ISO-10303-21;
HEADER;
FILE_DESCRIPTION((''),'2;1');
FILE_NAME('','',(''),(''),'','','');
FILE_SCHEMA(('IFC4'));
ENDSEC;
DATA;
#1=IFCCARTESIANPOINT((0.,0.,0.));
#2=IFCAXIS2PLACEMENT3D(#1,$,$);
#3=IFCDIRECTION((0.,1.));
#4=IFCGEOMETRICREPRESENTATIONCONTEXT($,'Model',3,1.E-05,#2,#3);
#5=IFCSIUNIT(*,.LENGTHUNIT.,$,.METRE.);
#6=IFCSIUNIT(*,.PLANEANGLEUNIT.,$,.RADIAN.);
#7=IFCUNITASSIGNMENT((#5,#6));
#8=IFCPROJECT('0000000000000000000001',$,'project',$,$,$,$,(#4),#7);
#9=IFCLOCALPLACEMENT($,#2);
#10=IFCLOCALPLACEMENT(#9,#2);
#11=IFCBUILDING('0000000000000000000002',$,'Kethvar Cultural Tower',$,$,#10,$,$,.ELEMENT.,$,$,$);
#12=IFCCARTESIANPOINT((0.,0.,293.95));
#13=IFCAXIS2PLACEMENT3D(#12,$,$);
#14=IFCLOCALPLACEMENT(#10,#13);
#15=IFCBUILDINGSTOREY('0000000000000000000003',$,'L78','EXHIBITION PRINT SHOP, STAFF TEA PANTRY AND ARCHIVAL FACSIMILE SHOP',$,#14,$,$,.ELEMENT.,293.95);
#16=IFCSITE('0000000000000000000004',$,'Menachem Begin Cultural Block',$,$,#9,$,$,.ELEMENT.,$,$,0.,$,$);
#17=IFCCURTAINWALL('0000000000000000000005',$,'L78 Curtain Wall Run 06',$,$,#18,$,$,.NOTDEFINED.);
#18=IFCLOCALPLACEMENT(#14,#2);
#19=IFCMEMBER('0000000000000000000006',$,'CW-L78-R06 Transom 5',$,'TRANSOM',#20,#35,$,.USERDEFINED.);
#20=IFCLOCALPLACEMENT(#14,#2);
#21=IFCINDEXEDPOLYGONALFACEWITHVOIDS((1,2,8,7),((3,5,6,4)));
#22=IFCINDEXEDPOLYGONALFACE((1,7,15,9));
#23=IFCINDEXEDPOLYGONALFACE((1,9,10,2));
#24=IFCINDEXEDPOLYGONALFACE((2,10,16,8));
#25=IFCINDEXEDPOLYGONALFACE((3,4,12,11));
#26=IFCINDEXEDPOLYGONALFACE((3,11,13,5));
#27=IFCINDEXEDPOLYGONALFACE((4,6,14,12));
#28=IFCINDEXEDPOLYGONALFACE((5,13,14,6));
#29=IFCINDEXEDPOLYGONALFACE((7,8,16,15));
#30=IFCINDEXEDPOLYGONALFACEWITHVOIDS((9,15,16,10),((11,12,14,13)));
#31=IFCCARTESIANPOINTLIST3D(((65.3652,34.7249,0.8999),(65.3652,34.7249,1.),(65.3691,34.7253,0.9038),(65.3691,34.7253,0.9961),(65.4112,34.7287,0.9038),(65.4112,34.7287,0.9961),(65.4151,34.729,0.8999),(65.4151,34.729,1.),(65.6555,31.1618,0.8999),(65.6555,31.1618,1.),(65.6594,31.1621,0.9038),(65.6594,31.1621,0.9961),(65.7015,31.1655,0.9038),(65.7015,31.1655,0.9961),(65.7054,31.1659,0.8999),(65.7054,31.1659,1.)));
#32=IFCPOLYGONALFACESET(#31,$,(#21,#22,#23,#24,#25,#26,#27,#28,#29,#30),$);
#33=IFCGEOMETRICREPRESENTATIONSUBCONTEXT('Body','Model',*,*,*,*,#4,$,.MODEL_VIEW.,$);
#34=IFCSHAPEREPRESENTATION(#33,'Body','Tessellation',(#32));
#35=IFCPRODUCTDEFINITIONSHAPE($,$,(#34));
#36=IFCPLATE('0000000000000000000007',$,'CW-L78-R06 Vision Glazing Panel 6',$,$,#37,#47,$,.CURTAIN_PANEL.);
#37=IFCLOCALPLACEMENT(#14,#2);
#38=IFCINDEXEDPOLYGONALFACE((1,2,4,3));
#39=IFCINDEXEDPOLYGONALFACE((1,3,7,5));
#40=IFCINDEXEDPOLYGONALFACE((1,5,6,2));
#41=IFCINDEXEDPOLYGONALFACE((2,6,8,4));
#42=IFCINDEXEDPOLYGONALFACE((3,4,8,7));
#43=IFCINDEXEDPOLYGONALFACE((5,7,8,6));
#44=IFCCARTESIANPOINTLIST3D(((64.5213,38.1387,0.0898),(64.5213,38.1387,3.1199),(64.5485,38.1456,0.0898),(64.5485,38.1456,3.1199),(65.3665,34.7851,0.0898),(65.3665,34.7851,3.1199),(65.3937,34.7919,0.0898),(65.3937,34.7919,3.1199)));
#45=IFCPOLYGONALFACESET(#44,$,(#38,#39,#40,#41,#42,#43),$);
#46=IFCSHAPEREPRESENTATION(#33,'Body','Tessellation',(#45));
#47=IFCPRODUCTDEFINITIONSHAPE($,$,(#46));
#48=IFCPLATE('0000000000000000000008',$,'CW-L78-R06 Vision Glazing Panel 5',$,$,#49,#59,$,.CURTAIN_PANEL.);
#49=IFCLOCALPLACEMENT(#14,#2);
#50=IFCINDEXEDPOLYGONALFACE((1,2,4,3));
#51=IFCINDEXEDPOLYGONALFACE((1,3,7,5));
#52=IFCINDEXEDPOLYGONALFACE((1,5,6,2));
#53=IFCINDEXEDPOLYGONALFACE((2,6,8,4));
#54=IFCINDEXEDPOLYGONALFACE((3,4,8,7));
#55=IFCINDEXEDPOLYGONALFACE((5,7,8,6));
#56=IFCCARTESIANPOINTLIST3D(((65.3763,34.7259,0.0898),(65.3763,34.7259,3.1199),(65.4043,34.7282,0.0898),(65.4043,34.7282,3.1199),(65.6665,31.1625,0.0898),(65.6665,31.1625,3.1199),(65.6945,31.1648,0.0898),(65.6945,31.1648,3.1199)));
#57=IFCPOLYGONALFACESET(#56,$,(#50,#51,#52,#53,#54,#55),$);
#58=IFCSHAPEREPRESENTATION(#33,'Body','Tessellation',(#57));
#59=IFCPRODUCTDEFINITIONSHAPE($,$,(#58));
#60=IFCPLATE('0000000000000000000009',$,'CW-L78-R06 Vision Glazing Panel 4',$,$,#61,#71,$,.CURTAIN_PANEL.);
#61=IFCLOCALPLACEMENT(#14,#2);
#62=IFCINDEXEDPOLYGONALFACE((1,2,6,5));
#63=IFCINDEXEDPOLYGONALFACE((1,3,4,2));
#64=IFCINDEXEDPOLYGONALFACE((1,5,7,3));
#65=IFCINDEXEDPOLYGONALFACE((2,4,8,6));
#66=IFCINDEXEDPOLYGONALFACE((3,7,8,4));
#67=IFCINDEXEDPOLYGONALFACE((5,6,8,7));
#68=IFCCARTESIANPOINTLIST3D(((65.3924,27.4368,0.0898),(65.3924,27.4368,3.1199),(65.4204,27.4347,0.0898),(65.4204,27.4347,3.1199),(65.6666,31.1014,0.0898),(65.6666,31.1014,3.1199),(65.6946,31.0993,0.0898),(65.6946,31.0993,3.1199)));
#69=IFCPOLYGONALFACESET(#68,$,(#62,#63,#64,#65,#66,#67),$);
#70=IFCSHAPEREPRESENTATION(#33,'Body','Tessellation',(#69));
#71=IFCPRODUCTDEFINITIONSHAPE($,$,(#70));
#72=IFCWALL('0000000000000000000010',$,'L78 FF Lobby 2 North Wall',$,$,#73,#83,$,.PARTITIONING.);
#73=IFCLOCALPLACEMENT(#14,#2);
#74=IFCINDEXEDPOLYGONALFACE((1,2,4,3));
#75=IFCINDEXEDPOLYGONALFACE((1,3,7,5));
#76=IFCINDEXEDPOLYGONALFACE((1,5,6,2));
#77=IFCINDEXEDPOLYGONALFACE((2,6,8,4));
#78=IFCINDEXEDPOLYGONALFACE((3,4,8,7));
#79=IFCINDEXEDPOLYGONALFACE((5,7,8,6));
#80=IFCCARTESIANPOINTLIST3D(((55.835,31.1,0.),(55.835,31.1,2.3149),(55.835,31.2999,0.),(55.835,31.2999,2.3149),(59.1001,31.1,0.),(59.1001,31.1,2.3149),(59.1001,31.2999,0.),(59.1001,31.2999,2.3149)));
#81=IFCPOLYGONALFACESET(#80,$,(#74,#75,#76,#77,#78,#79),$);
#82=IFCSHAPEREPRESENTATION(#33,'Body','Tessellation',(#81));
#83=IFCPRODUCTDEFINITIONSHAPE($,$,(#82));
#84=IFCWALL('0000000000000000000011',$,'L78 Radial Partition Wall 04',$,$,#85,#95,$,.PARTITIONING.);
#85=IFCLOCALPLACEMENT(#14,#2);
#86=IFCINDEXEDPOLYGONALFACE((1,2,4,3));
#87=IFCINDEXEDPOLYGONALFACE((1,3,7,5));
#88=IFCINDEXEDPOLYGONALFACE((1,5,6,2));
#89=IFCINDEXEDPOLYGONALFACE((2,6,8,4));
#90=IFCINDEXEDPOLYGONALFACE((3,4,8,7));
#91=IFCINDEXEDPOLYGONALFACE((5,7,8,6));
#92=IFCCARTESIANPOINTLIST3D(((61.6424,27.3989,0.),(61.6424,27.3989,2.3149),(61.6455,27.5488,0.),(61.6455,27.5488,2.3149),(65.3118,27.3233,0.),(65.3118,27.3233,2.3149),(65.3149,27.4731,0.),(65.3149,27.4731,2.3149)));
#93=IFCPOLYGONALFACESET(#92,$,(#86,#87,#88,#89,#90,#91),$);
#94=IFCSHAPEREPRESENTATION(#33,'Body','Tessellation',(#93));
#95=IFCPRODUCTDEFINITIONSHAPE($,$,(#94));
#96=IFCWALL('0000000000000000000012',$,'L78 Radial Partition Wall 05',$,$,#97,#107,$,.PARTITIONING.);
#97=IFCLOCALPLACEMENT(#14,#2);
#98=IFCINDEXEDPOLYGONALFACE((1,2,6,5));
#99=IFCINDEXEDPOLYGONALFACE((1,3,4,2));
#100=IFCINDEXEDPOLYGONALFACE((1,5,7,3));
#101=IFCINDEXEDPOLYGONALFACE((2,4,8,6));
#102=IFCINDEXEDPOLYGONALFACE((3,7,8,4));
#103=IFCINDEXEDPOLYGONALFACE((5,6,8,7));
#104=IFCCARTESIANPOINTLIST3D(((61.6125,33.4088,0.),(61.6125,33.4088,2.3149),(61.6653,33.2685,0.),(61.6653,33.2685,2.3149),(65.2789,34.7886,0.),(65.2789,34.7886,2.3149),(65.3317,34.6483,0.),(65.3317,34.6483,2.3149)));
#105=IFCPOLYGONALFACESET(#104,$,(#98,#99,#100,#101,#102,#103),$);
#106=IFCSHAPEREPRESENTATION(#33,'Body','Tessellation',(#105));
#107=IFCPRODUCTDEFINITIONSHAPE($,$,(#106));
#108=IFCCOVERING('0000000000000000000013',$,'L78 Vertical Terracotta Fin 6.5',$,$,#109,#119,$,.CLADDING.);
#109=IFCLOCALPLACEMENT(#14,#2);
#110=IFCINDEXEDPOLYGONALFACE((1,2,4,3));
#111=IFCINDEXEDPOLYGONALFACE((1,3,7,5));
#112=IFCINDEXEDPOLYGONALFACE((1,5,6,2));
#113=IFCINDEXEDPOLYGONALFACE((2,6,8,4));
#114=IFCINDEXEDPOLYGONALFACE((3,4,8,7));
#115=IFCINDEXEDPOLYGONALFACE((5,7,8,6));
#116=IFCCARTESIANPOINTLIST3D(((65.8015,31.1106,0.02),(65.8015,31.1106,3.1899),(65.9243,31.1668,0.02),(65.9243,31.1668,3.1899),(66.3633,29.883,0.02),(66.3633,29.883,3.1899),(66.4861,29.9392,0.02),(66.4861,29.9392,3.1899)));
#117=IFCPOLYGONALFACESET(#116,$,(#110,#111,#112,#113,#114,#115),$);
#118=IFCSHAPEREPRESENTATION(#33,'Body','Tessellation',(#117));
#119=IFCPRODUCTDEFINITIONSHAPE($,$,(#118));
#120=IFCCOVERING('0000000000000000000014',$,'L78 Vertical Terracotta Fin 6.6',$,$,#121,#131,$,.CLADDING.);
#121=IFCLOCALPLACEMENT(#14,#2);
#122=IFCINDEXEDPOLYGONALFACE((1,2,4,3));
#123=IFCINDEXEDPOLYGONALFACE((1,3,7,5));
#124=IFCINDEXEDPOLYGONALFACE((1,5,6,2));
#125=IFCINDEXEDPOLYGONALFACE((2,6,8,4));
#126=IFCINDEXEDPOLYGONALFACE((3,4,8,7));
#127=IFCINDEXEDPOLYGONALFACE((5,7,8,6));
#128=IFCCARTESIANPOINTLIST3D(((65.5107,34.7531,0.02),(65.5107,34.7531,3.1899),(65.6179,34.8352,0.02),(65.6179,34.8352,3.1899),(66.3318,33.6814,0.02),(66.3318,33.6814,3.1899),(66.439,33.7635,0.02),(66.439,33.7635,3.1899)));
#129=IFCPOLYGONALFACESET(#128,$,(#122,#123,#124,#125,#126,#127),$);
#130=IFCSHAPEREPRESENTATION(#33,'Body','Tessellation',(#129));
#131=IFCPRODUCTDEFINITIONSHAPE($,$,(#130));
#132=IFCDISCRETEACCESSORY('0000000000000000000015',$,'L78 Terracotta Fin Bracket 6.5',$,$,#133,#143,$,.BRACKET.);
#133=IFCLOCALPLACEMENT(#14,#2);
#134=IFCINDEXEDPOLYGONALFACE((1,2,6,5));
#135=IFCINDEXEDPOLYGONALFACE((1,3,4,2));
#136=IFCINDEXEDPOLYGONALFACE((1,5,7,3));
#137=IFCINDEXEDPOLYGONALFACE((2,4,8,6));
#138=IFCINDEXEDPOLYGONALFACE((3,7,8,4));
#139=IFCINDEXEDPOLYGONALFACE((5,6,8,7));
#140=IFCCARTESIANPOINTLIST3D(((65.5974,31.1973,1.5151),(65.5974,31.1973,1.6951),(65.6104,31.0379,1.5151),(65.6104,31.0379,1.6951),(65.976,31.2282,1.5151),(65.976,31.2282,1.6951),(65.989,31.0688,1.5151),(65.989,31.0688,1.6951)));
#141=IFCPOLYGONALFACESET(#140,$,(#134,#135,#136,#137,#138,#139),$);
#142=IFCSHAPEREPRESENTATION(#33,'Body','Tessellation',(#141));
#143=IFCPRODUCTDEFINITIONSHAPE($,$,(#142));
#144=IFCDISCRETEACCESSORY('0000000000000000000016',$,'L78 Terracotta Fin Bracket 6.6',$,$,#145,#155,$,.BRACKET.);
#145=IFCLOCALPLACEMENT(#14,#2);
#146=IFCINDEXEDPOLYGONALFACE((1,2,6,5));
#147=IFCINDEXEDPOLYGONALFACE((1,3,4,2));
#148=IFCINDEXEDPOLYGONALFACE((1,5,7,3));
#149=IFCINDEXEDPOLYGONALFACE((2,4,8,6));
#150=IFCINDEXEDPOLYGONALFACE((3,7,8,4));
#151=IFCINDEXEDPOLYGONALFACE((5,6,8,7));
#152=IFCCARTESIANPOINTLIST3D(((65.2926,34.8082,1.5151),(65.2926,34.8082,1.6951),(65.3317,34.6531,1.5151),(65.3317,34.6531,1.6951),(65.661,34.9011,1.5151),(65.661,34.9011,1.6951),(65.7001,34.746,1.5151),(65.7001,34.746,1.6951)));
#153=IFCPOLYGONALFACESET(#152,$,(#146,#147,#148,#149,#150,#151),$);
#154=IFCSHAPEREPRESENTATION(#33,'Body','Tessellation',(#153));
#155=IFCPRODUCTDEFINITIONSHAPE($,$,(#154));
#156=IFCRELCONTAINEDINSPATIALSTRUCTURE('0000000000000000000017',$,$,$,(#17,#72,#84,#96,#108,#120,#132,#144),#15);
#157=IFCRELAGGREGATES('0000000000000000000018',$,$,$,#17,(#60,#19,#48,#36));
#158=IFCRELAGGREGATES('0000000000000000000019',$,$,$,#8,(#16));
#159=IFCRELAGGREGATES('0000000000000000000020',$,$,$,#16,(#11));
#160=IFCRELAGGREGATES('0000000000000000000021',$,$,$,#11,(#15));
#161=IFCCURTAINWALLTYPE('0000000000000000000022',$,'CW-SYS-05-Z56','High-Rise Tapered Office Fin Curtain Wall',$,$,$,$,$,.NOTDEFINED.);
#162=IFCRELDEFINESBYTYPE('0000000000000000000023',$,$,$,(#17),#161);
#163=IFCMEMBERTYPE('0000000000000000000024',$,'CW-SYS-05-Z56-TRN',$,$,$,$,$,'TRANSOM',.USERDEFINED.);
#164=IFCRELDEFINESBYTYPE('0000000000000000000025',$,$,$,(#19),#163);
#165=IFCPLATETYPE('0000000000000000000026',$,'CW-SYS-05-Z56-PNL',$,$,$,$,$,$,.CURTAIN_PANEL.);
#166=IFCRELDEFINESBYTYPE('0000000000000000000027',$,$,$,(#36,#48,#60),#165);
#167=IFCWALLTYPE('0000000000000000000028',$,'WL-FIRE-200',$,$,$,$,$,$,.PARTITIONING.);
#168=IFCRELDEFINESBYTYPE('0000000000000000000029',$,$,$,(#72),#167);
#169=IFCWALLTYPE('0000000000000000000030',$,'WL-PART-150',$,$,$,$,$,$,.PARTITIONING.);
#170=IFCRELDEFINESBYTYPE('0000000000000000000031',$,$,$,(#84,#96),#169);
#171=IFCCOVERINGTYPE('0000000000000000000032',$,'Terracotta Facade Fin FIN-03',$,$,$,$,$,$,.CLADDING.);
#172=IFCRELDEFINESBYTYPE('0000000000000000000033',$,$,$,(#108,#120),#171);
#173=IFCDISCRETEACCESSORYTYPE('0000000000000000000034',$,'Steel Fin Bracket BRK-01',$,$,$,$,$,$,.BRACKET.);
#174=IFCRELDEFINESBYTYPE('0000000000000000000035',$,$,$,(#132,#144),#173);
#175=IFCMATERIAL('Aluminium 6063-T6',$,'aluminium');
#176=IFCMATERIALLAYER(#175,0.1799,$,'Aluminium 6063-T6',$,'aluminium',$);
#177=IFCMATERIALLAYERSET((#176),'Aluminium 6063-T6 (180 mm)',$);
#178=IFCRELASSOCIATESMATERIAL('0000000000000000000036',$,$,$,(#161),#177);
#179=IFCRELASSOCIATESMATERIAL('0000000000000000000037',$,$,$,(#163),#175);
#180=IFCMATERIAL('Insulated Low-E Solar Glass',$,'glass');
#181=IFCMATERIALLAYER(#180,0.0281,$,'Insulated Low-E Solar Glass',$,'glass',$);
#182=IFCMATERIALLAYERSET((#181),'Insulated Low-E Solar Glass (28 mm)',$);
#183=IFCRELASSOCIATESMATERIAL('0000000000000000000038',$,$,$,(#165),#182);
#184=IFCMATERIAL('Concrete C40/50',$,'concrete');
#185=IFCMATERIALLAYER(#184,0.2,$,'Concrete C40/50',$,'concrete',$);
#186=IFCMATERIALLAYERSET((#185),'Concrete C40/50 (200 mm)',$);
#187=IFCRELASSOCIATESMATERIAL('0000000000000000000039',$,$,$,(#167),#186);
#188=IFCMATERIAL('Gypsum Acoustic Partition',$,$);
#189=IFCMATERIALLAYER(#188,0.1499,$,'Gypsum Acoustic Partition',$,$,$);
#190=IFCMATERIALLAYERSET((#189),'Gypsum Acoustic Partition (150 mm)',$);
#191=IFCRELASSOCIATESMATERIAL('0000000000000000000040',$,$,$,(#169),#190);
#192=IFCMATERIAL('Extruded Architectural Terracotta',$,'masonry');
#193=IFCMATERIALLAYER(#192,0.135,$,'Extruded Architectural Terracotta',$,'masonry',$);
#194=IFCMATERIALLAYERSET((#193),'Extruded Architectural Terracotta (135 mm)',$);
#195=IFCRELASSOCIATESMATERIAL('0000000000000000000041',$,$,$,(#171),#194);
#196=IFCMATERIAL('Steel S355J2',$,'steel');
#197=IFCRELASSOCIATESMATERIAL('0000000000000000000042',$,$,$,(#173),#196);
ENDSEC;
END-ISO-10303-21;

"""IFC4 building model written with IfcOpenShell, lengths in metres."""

from ifc_helpers import new_model, si_unit, direction, frame, frame_2d, origin, origin_2d, place, context, subcontext, project, spatial, rectangle, hollow_rectangle, extrude, source, transform, mapped, material, layer, layer_set, material_profile, profile_set, type_object, element, aggregate, save


model = new_model("IFC4")

# Units and contexts
model_context = context("Model", 3, precision=1e-05, world=origin(), true_north=direction((0.0, 1.0)))
body_context = subcontext(model_context, "Body", "Model", "MODEL_VIEW")
ifc_project = project(units=[si_unit("LENGTHUNIT", "METRE"), si_unit("PLANEANGLEUNIT", "RADIAN")], contexts=[model_context])

# Site, building, storey
site_placement = place(None, origin())
site = spatial("IfcSite", under=ifc_project, at=site_placement, Name="Menachem Begin Cultural Block", CompositionType="ELEMENT", RefElevation=0.0)
building_placement = place(site_placement, origin())
building = spatial("IfcBuilding", under=site, at=building_placement, Name="Kethvar Cultural Tower", CompositionType="ELEMENT")
storey_placement = place(building_placement, frame((0.0, 0.0, 293.95)))
storey = spatial("IfcBuildingStorey", under=building, at=storey_placement, Name="L78", Description="EXHIBITION PRINT SHOP, STAFF TEA PANTRY AND ARCHIVAL FACSIMILE SHOP", CompositionType="ELEMENT", Elevation=293.95)

# Shared definitions
ifc_material_1 = material(Name="Steel S355J2", Category="steel")

# Curtain wall, member, plates
ifc_material_2 = material(Name="Aluminium 6063-T6", Category="aluminium")
ifc_layer_1 = layer(ifc_material_2, 0.1799, Name="Aluminium 6063-T6", Category="aluminium")
ifc_layer_set_1 = layer_set([ifc_layer_1], Name="Aluminium 6063-T6 (180 mm)")
curtain_wall_type = type_object("IfcCurtainWallType", Name="CW-SYS-05-Z56", Description="High-Rise Tapered Office Fin Curtain Wall", PredefinedType="NOTDEFINED", material=ifc_layer_set_1)
curtain_wall_placement = place(storey_placement, origin())
curtain_wall = element("IfcCurtainWall", 1, at=curtain_wall_placement, inside=storey, type_object=curtain_wall_type, Name="L78 Curtain Wall Run 06", PredefinedType="NOTDEFINED")
ifc_material_profile_1 = material_profile(ifc_material_2, hollow_rectangle(XDim=0.05, YDim=0.1001, WallThickness=0.0039, at=origin_2d()), Name="Aluminium 6063-T6 — RHS100x50x4")
ifc_profile_set_1 = profile_set([ifc_material_profile_1], Name="Aluminium 6063-T6 — RHS100x50x4")
member_type_1 = type_object("IfcMemberType", Name="CW-SYS-05-Z56-TRN", ElementType="TRANSOM", PredefinedType="USERDEFINED", material=ifc_profile_set_1)
shared_shape_1 = source(origin(), body_context, "Body", "SweptSolid", [
    extrude(hollow_rectangle(XDim=0.05, YDim=0.1001, WallThickness=0.0039, at=origin_2d()), origin(), (0.0, 0.0, 1.0), 3.575),
])
member_1_placement = place(storey_placement, frame((65.6804, 31.1638, 0.95), z_axis=(-0.081197, 0.996698, 0.0), x_axis=(-0.996698, -0.081197, 0.0)))
member_1 = element("IfcMember", 2, at=member_1_placement, type_object=member_type_1, Name="CW-L78-R06 Transom 5", ObjectType="TRANSOM", PredefinedType="USERDEFINED", context=body_context, shape_type="MappedRepresentation", body=[
    mapped(shared_shape_1, transform((0.0, 0.0, 0.0), scale=1.0)),
])
ifc_material_3 = material(Name="Insulated Low-E Solar Glass", Category="glass")
ifc_layer_2 = layer(ifc_material_3, 0.0281, Name="Insulated Low-E Solar Glass", Category="glass")
ifc_layer_set_2 = layer_set([ifc_layer_2], Name="Insulated Low-E Solar Glass (28 mm)")
plate_type = type_object("IfcPlateType", Name="CW-SYS-05-Z56-PNL", PredefinedType="CURTAIN_PANEL", material=ifc_layer_set_2)
shared_shape_2 = source(origin(), body_context, "Body", "SweptSolid", [
    extrude(rectangle(XDim=3.4585, YDim=0.0281, at=origin_2d()), origin(), (0.0, 0.0, 1.0), 3.03),
])
plate_1_placement = place(storey_placement, frame((64.9575, 36.4653, 0.0898), z_axis=(0.0, 0.0, 1.0), x_axis=(-0.244377, 0.96968, 0.0)))
plate_1 = element("IfcPlate", 3, at=plate_1_placement, type_object=plate_type, Name="CW-L78-R06 Vision Glazing Panel 6", PredefinedType="CURTAIN_PANEL", context=body_context, shape_type="MappedRepresentation", body=[
    mapped(shared_shape_2, transform((0.0, 0.0, 0.0), scale=1.0)),
])
shared_shape_3 = source(origin(), body_context, "Body", "SweptSolid", [
    extrude(rectangle(XDim=3.5752, YDim=0.0281, at=origin_2d()), origin(), (0.0, 0.0, 1.0), 3.03),
])
plate_2_placement = place(storey_placement, frame((65.5354, 32.9453, 0.0898), z_axis=(0.0, 0.0, 1.0), x_axis=(-0.081156, 0.996701, 0.0)))
plate_2 = element("IfcPlate", 4, at=plate_2_placement, type_object=plate_type, Name="CW-L78-R06 Vision Glazing Panel 5", PredefinedType="CURTAIN_PANEL", context=body_context, shape_type="MappedRepresentation", body=[
    mapped(shared_shape_3, transform((0.0, 0.0, 0.0), scale=1.0)),
])
shared_shape_4 = source(origin(), body_context, "Body", "SweptSolid", [
    extrude(rectangle(XDim=3.6748, YDim=0.0281, at=origin_2d()), origin(), (0.0, 0.0, 1.0), 3.03),
])
plate_3_placement = place(storey_placement, frame((65.5435, 29.2681, 0.0898), z_axis=(0.0, 0.0, 1.0), x_axis=(0.074613, 0.997213, 0.0)))
plate_3 = element("IfcPlate", 5, at=plate_3_placement, type_object=plate_type, Name="CW-L78-R06 Vision Glazing Panel 4", PredefinedType="CURTAIN_PANEL", context=body_context, shape_type="MappedRepresentation", body=[
    mapped(shared_shape_4, transform((0.0, 0.0, 0.0), scale=1.0)),
])
aggregate(curtain_wall, [plate_3, member_1, plate_2, plate_1])

# Walls
ifc_material_4 = material(Name="Concrete C40/50", Category="concrete")
ifc_layer_3 = layer(ifc_material_4, 0.2, Name="Concrete C40/50", Category="concrete")
ifc_layer_set_3 = layer_set([ifc_layer_3], Name="Concrete C40/50 (200 mm)")
wall_type_1 = type_object("IfcWallType", Name="WL-FIRE-200", PredefinedType="PARTITIONING", material=ifc_layer_set_3)
wall_1_placement = place(storey_placement, frame((55.835, 31.2, 0.0), z_axis=(0.0, 0.0, 1.0), x_axis=(1.0, 0.0, 0.0)))
element("IfcWall", 6, at=wall_1_placement, inside=storey, type_object=wall_type_1, Name="L78 FF Lobby 2 North Wall", PredefinedType="PARTITIONING", context=body_context, shape_type="SweptSolid", body=[
    extrude(rectangle(XDim=3.2651, YDim=0.2, at=frame_2d((1.6326, 0.0))), origin(), (0.0, 0.0, 1.0), 2.3149),
])
ifc_material_5 = material(Name="Gypsum Acoustic Partition")
ifc_layer_4 = layer(ifc_material_5, 0.1499, Name="Gypsum Acoustic Partition")
ifc_layer_set_4 = layer_set([ifc_layer_4], Name="Gypsum Acoustic Partition (150 mm)")
wall_type_2 = type_object("IfcWallType", Name="WL-PART-150", PredefinedType="PARTITIONING", material=ifc_layer_set_4)
wall_2_placement = place(storey_placement, frame((61.644, 27.4739, 0.0), z_axis=(0.0, 0.0, 1.0), x_axis=(0.999787, -0.020621, 0.0)))
element("IfcWall", 7, at=wall_2_placement, inside=storey, type_object=wall_type_2, Name="L78 Radial Partition Wall 04", PredefinedType="PARTITIONING", context=body_context, shape_type="SweptSolid", body=[
    extrude(rectangle(XDim=3.6702, YDim=0.1499, at=frame_2d((1.835, 0.0))), origin(), (0.0, 0.0, 1.0), 2.3149),
])
wall_3_placement = place(storey_placement, frame((61.6389, 33.3386, 0.0), z_axis=(0.0, 0.0, 1.0), x_axis=(0.935914, 0.35223, 0.0)))
element("IfcWall", 8, at=wall_3_placement, inside=storey, type_object=wall_type_2, Name="L78 Radial Partition Wall 05", PredefinedType="PARTITIONING", context=body_context, shape_type="SweptSolid", body=[
    extrude(rectangle(XDim=3.9175, YDim=0.1499, at=frame_2d((1.9587, 0.0))), origin(), (0.0, 0.0, 1.0), 2.3149),
])

# Coverings
ifc_material_6 = material(Name="Extruded Architectural Terracotta", Category="masonry")
ifc_layer_5 = layer(ifc_material_6, 0.135, Name="Extruded Architectural Terracotta", Category="masonry")
ifc_layer_set_5 = layer_set([ifc_layer_5], Name="Extruded Architectural Terracotta (135 mm)")
covering_type = type_object("IfcCoveringType", Name="Terracotta Facade Fin FIN-03", PredefinedType="CLADDING", material=ifc_layer_set_5)
shared_shape_5 = source(origin(), body_context, "Body", "SweptSolid", [
    extrude(rectangle(XDim=1.3501, YDim=0.135, at=origin_2d()), origin(), (0.0, 0.0, 1.0), 3.1699),
])
for number, where, z_axis, x_axis, name in (
    (9, (66.1438, 30.5249, 0.02), (0.0, 0.0, 1.0), (0.416122, -0.909309, 0.0), "L78 Vertical Terracotta Fin 6.5"),
    (10, (65.9749, 34.2583, 0.02), (0.0, 0.0, 1.0), (0.608207, -0.793778, 0.0), "L78 Vertical Terracotta Fin 6.6"),
):
    element("IfcCovering", number, at=place(storey_placement, frame(where, z_axis=z_axis, x_axis=x_axis)), inside=storey, type_object=covering_type, Name=name, PredefinedType="CLADDING", context=body_context, shape_type="MappedRepresentation", body=[
        mapped(shared_shape_5, transform((0.0, 0.0, 0.0), scale=1.0)),
    ])

# Discrete accessories
discrete_accessory_type = type_object("IfcDiscreteAccessoryType", Name="Steel Fin Bracket BRK-01", PredefinedType="BRACKET", material=ifc_material_1)
shared_shape_6 = source(origin(), body_context, "Body", "SweptSolid", [
    extrude(rectangle(XDim=0.3799, YDim=0.1599, at=origin_2d()), origin(), (0.0, 0.0, 1.0), 0.1799),
])
for number, where, z_axis, x_axis, name in (
    (11, (65.7932, 31.1331, 1.5151), (0.0, 0.0, 1.0), (0.996694, 0.081243, 0.0), "L78 Terracotta Fin Bracket 6.5"),
    (12, (65.4963, 34.7771, 1.5151), (0.0, 0.0, 1.0), (0.969659, 0.244461, 0.0), "L78 Terracotta Fin Bracket 6.6"),
):
    element("IfcDiscreteAccessory", number, at=place(storey_placement, frame(where, z_axis=z_axis, x_axis=x_axis)), inside=storey, type_object=discrete_accessory_type, Name=name, PredefinedType="BRACKET", context=body_context, shape_type="MappedRepresentation", body=[
        mapped(shared_shape_6, transform((0.0, 0.0, 0.0), scale=1.0)),
    ])

save(model, "model.ifc")
